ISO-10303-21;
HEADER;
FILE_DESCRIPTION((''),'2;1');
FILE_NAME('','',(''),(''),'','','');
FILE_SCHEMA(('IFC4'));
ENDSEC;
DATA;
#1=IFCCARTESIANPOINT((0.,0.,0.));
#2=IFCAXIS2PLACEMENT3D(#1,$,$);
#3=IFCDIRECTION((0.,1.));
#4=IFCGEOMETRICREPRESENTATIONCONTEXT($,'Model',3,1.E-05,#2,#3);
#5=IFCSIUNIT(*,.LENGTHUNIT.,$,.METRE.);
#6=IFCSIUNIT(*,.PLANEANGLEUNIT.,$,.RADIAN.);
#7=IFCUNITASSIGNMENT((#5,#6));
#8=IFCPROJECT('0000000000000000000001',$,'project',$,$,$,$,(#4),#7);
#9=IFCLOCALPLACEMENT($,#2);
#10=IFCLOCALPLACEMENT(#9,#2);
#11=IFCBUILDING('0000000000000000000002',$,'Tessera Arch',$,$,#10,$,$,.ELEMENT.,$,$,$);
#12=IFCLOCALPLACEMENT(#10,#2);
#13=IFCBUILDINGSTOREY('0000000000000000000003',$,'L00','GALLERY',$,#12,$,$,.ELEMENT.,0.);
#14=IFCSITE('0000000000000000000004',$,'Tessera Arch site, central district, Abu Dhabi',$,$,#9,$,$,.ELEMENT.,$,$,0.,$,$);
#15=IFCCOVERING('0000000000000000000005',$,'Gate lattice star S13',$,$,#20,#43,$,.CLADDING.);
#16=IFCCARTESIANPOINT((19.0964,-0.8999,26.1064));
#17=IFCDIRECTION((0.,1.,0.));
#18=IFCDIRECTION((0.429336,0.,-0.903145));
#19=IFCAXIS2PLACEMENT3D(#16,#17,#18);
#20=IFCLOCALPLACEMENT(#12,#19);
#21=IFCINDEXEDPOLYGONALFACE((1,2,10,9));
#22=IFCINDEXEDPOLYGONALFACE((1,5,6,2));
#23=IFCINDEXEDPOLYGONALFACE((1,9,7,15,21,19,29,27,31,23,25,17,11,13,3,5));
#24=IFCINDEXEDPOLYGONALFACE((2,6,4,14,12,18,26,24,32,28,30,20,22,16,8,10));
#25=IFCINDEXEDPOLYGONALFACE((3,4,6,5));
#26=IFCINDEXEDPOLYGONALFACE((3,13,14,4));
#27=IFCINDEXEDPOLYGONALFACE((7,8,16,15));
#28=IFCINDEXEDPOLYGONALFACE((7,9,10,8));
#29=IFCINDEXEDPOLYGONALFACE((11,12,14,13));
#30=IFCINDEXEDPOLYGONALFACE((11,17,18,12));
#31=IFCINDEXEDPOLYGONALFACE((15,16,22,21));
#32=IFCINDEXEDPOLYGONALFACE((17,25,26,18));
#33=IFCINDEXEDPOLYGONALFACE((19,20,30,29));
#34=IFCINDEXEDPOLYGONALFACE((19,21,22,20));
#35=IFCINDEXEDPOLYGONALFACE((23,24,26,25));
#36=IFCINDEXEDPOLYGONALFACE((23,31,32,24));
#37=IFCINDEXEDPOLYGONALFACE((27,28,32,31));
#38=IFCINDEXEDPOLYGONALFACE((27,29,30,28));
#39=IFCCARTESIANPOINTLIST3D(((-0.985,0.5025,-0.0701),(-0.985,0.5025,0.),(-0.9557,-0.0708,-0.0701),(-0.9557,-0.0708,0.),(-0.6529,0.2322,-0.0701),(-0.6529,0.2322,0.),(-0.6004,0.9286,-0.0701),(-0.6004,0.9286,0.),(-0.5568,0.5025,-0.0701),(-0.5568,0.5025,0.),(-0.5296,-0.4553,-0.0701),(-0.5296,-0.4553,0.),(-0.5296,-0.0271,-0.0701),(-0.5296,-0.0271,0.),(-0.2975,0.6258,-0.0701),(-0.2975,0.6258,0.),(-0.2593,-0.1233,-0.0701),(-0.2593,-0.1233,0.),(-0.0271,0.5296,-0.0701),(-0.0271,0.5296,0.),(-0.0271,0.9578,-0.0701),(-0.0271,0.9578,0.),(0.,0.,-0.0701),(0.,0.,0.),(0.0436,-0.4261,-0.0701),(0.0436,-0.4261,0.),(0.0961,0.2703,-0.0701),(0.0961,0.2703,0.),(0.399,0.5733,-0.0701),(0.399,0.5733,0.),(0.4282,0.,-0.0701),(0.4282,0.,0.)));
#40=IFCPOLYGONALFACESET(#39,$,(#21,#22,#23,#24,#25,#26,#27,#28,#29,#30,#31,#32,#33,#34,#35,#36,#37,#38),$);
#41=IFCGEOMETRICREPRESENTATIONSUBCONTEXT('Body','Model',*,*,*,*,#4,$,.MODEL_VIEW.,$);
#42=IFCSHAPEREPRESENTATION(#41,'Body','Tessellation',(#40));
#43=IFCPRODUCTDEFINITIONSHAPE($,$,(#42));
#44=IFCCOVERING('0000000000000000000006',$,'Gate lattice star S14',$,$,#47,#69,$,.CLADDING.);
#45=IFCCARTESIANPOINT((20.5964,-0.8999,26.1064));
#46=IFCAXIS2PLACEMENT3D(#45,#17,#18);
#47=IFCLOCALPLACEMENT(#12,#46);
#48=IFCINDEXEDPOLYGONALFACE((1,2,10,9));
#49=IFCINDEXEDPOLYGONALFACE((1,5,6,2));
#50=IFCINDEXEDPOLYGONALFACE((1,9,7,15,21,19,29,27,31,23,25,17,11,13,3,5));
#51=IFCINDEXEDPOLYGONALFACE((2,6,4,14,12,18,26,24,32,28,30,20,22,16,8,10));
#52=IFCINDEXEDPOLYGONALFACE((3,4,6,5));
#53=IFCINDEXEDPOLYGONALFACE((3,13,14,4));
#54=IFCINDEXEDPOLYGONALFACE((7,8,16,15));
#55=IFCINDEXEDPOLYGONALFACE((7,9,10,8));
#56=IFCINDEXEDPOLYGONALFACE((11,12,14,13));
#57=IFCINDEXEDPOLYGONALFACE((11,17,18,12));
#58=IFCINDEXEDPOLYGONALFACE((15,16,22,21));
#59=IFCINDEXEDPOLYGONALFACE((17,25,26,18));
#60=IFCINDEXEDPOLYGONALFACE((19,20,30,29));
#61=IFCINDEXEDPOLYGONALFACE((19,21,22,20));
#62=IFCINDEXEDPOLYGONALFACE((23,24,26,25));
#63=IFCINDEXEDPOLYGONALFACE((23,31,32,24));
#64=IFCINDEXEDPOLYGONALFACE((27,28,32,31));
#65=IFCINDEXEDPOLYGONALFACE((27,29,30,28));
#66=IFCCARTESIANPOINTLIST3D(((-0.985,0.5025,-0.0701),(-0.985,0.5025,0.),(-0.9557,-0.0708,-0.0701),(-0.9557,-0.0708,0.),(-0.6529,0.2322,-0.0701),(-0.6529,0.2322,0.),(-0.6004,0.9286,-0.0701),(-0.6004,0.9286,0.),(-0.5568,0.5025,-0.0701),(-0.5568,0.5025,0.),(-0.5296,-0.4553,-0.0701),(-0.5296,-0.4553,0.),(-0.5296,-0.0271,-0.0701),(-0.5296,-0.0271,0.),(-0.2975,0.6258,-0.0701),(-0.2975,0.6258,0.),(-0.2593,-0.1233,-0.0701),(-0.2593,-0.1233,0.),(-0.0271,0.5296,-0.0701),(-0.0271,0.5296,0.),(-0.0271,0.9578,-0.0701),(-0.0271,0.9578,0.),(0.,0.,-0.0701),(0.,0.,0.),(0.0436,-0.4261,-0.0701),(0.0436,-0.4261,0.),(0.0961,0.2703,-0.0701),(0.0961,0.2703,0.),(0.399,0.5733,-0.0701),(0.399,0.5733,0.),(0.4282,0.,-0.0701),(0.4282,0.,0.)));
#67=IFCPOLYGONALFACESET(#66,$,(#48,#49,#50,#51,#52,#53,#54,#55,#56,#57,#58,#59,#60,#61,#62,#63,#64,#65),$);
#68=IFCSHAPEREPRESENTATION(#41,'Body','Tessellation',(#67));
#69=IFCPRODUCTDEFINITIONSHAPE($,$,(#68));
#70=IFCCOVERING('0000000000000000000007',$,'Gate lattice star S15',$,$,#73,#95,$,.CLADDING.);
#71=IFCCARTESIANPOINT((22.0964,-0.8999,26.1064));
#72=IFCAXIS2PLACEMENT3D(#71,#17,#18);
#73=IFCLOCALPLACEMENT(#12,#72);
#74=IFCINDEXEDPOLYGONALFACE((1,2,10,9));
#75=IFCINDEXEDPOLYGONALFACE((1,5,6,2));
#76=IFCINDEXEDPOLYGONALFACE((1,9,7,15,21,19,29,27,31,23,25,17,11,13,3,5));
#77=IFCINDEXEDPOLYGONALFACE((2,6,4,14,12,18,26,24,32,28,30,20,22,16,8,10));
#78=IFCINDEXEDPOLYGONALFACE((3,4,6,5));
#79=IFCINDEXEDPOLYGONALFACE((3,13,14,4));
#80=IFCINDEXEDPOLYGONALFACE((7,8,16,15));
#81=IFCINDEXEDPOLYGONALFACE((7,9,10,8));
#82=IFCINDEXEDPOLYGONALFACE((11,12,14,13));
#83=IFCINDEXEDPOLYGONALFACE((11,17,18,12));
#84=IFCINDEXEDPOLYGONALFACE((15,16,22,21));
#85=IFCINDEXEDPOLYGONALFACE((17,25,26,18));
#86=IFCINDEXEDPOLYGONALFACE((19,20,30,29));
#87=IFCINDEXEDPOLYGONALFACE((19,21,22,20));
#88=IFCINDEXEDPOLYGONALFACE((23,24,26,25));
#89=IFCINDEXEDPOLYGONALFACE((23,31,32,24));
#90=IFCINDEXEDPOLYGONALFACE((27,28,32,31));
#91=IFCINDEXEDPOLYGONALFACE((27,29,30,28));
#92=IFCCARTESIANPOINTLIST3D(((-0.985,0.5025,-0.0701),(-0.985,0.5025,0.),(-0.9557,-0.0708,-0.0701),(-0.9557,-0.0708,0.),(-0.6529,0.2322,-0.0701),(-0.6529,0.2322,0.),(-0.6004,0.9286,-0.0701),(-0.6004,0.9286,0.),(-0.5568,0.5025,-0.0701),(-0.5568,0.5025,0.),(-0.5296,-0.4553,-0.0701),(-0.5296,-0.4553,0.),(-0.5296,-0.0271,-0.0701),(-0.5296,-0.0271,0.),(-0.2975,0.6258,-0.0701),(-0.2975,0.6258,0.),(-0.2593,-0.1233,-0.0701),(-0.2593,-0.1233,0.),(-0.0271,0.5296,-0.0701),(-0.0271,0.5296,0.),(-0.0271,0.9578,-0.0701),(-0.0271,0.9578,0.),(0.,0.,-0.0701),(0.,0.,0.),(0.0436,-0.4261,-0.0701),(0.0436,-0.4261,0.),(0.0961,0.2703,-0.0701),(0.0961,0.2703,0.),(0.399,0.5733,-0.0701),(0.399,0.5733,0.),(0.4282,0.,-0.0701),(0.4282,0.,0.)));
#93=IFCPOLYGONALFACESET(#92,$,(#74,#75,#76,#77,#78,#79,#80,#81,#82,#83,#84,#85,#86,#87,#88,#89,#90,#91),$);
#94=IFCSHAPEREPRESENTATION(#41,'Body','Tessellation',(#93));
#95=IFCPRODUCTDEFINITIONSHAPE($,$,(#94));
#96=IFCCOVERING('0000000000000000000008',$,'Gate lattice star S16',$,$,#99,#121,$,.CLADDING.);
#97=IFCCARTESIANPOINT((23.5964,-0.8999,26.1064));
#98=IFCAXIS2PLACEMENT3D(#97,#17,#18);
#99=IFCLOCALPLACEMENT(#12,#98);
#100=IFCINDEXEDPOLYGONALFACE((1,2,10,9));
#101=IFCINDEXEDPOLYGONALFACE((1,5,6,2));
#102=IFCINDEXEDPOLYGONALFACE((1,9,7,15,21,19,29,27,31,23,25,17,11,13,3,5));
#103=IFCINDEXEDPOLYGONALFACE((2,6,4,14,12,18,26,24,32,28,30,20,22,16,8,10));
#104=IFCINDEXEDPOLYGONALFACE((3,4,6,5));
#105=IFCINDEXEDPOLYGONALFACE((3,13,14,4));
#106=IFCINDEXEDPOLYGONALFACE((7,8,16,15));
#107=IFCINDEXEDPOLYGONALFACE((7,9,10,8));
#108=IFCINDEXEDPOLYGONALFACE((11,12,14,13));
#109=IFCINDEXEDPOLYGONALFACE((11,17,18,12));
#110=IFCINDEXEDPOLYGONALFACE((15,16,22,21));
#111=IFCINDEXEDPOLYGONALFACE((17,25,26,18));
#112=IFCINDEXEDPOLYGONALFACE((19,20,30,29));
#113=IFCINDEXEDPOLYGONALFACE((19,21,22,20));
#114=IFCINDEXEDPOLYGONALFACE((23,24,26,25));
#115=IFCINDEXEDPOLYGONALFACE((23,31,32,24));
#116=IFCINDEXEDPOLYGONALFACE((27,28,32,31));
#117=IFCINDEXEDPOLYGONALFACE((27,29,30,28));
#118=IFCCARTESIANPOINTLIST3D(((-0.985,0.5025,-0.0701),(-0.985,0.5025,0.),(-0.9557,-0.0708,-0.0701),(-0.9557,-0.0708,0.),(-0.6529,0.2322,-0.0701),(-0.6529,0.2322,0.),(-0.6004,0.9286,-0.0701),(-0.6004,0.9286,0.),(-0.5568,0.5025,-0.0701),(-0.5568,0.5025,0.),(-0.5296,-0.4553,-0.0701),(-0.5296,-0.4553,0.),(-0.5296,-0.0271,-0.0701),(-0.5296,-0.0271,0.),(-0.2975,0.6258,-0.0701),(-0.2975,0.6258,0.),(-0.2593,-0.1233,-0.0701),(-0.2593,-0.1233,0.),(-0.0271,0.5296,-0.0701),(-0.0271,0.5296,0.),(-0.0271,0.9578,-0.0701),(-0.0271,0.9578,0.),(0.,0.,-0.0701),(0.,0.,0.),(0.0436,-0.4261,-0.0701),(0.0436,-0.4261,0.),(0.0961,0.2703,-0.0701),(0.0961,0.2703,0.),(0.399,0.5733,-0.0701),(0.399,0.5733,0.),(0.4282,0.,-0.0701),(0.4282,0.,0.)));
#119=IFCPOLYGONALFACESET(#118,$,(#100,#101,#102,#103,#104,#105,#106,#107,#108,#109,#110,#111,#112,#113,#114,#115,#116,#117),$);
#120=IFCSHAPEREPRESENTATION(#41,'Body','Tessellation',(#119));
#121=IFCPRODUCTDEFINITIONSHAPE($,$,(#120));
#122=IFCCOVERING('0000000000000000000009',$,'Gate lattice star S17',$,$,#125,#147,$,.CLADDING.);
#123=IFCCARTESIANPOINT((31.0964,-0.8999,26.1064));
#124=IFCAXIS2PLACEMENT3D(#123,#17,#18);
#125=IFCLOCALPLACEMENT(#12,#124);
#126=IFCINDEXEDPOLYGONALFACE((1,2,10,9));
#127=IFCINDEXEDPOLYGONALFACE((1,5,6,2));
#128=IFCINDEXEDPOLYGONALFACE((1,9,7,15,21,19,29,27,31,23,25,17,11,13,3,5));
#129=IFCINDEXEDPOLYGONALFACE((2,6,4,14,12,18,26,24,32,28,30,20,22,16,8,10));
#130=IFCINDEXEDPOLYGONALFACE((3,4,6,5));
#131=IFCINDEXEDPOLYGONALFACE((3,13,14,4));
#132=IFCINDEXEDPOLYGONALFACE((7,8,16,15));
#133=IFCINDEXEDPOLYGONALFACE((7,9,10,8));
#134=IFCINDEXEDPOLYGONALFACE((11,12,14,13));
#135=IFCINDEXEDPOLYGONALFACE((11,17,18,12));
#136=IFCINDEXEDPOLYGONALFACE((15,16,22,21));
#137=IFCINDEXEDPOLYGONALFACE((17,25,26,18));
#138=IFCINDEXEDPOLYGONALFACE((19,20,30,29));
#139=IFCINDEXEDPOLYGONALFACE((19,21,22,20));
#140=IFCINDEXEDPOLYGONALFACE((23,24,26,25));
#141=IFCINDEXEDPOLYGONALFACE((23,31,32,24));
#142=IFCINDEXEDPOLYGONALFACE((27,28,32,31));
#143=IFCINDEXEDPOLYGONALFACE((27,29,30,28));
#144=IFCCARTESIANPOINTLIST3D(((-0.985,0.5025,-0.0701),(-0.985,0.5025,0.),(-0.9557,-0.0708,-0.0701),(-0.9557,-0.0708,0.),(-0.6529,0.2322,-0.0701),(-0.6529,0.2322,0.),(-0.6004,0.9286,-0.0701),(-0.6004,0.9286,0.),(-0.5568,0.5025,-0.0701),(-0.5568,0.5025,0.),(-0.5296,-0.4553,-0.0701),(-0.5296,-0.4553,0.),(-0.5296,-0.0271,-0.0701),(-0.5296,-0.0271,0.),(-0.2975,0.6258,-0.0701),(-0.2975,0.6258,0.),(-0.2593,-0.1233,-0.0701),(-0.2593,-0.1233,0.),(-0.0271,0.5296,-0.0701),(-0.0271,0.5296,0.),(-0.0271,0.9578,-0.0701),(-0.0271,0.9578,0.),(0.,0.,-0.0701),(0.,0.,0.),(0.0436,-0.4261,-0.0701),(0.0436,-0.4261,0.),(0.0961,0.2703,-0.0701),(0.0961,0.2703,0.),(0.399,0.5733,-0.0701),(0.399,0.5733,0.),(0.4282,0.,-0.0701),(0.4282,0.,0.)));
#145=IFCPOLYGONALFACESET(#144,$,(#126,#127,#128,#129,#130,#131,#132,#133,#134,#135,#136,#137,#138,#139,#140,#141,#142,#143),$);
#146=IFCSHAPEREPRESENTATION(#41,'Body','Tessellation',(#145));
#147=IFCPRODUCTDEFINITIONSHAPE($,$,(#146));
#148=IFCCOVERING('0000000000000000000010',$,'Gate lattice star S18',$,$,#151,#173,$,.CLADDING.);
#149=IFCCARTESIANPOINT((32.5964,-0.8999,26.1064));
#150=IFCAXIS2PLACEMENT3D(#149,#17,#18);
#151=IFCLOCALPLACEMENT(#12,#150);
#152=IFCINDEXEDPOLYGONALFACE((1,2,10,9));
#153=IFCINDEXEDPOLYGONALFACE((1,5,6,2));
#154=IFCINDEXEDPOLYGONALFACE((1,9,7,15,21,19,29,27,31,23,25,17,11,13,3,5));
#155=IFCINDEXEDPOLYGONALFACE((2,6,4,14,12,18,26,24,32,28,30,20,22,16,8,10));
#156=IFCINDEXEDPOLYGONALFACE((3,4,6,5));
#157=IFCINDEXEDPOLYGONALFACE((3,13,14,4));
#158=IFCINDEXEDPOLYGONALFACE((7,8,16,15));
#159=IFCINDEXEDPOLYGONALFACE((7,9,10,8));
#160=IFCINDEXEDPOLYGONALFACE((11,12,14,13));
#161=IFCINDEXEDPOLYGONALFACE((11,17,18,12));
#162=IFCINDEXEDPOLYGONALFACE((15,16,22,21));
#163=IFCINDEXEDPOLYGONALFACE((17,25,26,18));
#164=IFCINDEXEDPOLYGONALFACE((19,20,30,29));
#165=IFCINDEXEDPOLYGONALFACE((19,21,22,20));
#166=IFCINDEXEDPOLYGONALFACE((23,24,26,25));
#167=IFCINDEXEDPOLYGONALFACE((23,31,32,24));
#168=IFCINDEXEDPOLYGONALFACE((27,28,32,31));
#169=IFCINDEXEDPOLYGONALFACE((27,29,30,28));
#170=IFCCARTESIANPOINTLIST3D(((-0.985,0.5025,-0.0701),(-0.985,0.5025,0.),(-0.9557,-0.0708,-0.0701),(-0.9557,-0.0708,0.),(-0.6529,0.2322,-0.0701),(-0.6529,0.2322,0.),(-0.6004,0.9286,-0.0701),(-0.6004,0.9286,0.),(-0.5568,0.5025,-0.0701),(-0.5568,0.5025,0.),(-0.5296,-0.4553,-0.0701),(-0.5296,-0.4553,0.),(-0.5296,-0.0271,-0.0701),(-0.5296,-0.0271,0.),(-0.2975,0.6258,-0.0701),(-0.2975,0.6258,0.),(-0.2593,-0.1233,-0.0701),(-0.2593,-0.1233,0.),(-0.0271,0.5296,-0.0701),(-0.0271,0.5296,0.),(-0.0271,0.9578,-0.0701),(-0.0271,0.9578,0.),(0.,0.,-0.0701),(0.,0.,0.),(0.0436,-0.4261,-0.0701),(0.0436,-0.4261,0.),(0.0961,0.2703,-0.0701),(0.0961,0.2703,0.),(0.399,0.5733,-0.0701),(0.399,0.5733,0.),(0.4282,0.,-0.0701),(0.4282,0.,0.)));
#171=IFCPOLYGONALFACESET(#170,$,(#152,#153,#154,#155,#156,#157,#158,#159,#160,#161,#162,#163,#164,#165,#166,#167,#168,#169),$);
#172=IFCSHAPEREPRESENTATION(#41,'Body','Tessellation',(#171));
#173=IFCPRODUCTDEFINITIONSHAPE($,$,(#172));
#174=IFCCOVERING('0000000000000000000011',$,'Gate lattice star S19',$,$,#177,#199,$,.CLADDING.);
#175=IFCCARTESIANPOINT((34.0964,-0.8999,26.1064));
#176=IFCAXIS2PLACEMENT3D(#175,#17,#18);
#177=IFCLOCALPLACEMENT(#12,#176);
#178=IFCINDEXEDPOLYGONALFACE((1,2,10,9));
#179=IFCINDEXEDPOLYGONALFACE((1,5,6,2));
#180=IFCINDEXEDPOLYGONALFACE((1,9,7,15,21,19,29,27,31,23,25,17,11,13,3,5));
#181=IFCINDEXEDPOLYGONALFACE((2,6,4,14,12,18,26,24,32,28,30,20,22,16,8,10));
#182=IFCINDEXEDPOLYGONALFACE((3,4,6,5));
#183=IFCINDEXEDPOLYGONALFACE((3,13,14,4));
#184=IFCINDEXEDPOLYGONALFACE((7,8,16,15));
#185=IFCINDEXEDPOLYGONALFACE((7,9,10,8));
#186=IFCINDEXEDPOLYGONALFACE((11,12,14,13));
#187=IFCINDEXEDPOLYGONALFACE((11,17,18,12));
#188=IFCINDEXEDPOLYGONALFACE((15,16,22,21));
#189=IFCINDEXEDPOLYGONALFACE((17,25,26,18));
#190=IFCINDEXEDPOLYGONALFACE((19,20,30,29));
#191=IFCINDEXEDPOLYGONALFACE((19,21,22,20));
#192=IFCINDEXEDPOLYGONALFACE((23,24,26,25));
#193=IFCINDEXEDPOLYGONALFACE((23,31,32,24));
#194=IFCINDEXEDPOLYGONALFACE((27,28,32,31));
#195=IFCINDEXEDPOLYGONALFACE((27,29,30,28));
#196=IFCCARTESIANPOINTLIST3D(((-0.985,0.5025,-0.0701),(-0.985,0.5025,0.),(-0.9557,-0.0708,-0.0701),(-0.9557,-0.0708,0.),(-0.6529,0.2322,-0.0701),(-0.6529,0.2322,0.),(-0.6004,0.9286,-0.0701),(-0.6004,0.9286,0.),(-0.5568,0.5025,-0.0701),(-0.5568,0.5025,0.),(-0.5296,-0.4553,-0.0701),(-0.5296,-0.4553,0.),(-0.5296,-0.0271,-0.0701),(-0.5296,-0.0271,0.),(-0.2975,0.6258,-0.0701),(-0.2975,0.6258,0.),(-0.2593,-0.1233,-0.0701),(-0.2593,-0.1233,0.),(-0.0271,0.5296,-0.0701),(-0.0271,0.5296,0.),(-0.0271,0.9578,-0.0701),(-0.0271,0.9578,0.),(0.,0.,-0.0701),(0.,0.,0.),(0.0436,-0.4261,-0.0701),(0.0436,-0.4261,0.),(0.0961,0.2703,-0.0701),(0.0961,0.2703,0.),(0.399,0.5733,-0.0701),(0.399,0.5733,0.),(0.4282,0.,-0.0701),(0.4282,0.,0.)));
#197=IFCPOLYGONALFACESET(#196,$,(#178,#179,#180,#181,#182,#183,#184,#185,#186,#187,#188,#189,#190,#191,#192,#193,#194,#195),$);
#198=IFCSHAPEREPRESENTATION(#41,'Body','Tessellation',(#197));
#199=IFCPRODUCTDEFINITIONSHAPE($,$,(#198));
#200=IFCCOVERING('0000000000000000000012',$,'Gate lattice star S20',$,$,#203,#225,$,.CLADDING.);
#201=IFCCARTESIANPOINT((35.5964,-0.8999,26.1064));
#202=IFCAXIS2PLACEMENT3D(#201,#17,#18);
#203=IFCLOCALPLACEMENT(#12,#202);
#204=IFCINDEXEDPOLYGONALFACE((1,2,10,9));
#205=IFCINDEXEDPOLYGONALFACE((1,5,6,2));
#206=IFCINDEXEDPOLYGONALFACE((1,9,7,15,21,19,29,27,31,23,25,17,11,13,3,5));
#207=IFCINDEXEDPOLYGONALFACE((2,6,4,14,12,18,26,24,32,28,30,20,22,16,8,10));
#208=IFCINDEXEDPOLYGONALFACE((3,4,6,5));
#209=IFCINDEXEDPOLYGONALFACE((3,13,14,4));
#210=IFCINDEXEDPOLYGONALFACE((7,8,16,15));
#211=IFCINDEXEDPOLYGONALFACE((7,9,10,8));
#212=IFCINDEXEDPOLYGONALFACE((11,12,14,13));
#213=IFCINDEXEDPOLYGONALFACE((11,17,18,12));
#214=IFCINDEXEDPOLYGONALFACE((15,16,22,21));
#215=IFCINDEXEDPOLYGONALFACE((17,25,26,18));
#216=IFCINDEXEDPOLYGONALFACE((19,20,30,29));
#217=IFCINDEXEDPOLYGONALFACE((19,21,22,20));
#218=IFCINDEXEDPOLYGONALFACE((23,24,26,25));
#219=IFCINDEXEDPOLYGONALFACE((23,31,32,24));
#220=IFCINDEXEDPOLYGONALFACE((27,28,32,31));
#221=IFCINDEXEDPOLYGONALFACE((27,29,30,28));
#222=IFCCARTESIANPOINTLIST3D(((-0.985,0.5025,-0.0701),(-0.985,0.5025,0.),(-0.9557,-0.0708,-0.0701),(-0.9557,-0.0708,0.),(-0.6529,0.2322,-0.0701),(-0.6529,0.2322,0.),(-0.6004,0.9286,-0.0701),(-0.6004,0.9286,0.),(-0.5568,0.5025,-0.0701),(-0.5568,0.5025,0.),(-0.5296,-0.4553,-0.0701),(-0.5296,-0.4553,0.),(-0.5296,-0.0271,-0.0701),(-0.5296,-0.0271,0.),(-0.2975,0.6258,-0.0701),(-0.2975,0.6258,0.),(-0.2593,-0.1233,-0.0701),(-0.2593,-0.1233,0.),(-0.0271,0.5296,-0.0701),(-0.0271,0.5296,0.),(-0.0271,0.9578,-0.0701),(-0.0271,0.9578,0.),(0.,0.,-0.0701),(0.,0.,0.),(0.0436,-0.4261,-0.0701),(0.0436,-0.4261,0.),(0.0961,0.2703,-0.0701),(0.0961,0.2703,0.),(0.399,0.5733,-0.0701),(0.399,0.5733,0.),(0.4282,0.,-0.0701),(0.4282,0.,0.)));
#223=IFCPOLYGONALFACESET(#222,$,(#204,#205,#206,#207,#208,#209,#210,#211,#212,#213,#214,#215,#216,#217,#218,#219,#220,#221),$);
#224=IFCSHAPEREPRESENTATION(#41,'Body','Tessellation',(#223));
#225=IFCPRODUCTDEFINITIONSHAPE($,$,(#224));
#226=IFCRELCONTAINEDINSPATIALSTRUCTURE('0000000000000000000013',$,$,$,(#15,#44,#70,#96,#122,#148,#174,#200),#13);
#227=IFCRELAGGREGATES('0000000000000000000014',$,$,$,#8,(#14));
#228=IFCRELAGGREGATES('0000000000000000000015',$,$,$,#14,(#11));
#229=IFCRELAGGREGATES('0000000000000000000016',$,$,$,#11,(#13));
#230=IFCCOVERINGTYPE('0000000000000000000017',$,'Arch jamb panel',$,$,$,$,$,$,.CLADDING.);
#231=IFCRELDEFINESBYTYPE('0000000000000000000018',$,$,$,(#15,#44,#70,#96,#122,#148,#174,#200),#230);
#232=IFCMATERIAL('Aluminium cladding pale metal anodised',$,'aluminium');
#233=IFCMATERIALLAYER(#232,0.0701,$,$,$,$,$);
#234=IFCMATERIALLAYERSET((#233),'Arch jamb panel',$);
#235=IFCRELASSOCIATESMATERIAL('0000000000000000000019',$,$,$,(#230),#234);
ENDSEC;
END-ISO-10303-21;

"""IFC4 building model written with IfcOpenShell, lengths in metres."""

from ifc_helpers import new_model, si_unit, direction, frame, origin, place, context, subcontext, project, spatial, polyline, outline, extrude, material, layer, layer_set, type_object, element, save


model = new_model("IFC4")

# Units and contexts
model_context = context("Model", 3, precision=1e-05, world=origin(), true_north=direction((0.0, 1.0)))
body_context = subcontext(model_context, "Body", "Model", "MODEL_VIEW")
ifc_project = project(units=[si_unit("LENGTHUNIT", "METRE"), si_unit("PLANEANGLEUNIT", "RADIAN")], contexts=[model_context])

# Site, building, storey
site_placement = place(None, origin())
site = spatial("IfcSite", under=ifc_project, at=site_placement, Name="Tessera Arch site, central district, Abu Dhabi", CompositionType="ELEMENT", RefElevation=0.0)
building_placement = place(site_placement, origin())
building = spatial("IfcBuilding", under=site, at=building_placement, Name="Tessera Arch", CompositionType="ELEMENT")
storey_placement = place(building_placement, origin())
storey = spatial("IfcBuildingStorey", under=building, at=storey_placement, Name="L00", Description="GALLERY", CompositionType="ELEMENT", Elevation=0.0)

# Coverings
ifc_material = material(Name="Aluminium cladding pale metal anodised", Category="aluminium")
ifc_layer = layer(ifc_material, 0.0701)
ifc_layer_set = layer_set([ifc_layer], Name="Arch jamb panel")
covering_type = type_object("IfcCoveringType", Name="Arch jamb panel", PredefinedType="CLADDING", material=ifc_layer_set)
for number, where, z_axis, x_axis, name in (
    (1, (19.0964, -0.8999, 26.1064), (0.0, 1.0, 0.0), (0.429336, 0.0, -0.903145), "Gate lattice star S13"),
    (2, (20.5964, -0.8999, 26.1064), (0.0, 1.0, 0.0), (0.429336, 0.0, -0.903145), "Gate lattice star S14"),
    (3, (22.0964, -0.8999, 26.1064), (0.0, 1.0, 0.0), (0.429336, 0.0, -0.903145), "Gate lattice star S15"),
    (4, (23.5964, -0.8999, 26.1064), (0.0, 1.0, 0.0), (0.429336, 0.0, -0.903145), "Gate lattice star S16"),
    (5, (31.0964, -0.8999, 26.1064), (0.0, 1.0, 0.0), (0.429336, 0.0, -0.903145), "Gate lattice star S17"),
    (6, (32.5964, -0.8999, 26.1064), (0.0, 1.0, 0.0), (0.429336, 0.0, -0.903145), "Gate lattice star S18"),
    (7, (34.0964, -0.8999, 26.1064), (0.0, 1.0, 0.0), (0.429336, 0.0, -0.903145), "Gate lattice star S19"),
    (8, (35.5964, -0.8999, 26.1064), (0.0, 1.0, 0.0), (0.429336, 0.0, -0.903145), "Gate lattice star S20"),
):
    element("IfcCovering", number, at=place(storey_placement, frame(where, z_axis=z_axis, x_axis=x_axis)), inside=storey, type_object=covering_type, Name=name, PredefinedType="CLADDING", context=body_context, shape_type="SweptSolid", body=[
        extrude(outline(polyline([(0.0, 0.0), (0.4282, 0.0), (0.0961, 0.2703), (0.399, 0.5733), (-0.0271, 0.5296), (-0.0271, 0.9578), (-0.2975, 0.6258), (-0.6004, 0.9286), (-0.5568, 0.5025), (-0.985, 0.5025), (-0.6529, 0.2322), (-0.9557, -0.0708), (-0.5296, -0.0271), (-0.5296, -0.4553), (-0.2593, -0.1233), (0.0436, -0.4261), (0.0, 0.0)])), origin(), (0.0, 0.0, -1.0), 0.0701),
    ])

save(model, "model.ifc")
